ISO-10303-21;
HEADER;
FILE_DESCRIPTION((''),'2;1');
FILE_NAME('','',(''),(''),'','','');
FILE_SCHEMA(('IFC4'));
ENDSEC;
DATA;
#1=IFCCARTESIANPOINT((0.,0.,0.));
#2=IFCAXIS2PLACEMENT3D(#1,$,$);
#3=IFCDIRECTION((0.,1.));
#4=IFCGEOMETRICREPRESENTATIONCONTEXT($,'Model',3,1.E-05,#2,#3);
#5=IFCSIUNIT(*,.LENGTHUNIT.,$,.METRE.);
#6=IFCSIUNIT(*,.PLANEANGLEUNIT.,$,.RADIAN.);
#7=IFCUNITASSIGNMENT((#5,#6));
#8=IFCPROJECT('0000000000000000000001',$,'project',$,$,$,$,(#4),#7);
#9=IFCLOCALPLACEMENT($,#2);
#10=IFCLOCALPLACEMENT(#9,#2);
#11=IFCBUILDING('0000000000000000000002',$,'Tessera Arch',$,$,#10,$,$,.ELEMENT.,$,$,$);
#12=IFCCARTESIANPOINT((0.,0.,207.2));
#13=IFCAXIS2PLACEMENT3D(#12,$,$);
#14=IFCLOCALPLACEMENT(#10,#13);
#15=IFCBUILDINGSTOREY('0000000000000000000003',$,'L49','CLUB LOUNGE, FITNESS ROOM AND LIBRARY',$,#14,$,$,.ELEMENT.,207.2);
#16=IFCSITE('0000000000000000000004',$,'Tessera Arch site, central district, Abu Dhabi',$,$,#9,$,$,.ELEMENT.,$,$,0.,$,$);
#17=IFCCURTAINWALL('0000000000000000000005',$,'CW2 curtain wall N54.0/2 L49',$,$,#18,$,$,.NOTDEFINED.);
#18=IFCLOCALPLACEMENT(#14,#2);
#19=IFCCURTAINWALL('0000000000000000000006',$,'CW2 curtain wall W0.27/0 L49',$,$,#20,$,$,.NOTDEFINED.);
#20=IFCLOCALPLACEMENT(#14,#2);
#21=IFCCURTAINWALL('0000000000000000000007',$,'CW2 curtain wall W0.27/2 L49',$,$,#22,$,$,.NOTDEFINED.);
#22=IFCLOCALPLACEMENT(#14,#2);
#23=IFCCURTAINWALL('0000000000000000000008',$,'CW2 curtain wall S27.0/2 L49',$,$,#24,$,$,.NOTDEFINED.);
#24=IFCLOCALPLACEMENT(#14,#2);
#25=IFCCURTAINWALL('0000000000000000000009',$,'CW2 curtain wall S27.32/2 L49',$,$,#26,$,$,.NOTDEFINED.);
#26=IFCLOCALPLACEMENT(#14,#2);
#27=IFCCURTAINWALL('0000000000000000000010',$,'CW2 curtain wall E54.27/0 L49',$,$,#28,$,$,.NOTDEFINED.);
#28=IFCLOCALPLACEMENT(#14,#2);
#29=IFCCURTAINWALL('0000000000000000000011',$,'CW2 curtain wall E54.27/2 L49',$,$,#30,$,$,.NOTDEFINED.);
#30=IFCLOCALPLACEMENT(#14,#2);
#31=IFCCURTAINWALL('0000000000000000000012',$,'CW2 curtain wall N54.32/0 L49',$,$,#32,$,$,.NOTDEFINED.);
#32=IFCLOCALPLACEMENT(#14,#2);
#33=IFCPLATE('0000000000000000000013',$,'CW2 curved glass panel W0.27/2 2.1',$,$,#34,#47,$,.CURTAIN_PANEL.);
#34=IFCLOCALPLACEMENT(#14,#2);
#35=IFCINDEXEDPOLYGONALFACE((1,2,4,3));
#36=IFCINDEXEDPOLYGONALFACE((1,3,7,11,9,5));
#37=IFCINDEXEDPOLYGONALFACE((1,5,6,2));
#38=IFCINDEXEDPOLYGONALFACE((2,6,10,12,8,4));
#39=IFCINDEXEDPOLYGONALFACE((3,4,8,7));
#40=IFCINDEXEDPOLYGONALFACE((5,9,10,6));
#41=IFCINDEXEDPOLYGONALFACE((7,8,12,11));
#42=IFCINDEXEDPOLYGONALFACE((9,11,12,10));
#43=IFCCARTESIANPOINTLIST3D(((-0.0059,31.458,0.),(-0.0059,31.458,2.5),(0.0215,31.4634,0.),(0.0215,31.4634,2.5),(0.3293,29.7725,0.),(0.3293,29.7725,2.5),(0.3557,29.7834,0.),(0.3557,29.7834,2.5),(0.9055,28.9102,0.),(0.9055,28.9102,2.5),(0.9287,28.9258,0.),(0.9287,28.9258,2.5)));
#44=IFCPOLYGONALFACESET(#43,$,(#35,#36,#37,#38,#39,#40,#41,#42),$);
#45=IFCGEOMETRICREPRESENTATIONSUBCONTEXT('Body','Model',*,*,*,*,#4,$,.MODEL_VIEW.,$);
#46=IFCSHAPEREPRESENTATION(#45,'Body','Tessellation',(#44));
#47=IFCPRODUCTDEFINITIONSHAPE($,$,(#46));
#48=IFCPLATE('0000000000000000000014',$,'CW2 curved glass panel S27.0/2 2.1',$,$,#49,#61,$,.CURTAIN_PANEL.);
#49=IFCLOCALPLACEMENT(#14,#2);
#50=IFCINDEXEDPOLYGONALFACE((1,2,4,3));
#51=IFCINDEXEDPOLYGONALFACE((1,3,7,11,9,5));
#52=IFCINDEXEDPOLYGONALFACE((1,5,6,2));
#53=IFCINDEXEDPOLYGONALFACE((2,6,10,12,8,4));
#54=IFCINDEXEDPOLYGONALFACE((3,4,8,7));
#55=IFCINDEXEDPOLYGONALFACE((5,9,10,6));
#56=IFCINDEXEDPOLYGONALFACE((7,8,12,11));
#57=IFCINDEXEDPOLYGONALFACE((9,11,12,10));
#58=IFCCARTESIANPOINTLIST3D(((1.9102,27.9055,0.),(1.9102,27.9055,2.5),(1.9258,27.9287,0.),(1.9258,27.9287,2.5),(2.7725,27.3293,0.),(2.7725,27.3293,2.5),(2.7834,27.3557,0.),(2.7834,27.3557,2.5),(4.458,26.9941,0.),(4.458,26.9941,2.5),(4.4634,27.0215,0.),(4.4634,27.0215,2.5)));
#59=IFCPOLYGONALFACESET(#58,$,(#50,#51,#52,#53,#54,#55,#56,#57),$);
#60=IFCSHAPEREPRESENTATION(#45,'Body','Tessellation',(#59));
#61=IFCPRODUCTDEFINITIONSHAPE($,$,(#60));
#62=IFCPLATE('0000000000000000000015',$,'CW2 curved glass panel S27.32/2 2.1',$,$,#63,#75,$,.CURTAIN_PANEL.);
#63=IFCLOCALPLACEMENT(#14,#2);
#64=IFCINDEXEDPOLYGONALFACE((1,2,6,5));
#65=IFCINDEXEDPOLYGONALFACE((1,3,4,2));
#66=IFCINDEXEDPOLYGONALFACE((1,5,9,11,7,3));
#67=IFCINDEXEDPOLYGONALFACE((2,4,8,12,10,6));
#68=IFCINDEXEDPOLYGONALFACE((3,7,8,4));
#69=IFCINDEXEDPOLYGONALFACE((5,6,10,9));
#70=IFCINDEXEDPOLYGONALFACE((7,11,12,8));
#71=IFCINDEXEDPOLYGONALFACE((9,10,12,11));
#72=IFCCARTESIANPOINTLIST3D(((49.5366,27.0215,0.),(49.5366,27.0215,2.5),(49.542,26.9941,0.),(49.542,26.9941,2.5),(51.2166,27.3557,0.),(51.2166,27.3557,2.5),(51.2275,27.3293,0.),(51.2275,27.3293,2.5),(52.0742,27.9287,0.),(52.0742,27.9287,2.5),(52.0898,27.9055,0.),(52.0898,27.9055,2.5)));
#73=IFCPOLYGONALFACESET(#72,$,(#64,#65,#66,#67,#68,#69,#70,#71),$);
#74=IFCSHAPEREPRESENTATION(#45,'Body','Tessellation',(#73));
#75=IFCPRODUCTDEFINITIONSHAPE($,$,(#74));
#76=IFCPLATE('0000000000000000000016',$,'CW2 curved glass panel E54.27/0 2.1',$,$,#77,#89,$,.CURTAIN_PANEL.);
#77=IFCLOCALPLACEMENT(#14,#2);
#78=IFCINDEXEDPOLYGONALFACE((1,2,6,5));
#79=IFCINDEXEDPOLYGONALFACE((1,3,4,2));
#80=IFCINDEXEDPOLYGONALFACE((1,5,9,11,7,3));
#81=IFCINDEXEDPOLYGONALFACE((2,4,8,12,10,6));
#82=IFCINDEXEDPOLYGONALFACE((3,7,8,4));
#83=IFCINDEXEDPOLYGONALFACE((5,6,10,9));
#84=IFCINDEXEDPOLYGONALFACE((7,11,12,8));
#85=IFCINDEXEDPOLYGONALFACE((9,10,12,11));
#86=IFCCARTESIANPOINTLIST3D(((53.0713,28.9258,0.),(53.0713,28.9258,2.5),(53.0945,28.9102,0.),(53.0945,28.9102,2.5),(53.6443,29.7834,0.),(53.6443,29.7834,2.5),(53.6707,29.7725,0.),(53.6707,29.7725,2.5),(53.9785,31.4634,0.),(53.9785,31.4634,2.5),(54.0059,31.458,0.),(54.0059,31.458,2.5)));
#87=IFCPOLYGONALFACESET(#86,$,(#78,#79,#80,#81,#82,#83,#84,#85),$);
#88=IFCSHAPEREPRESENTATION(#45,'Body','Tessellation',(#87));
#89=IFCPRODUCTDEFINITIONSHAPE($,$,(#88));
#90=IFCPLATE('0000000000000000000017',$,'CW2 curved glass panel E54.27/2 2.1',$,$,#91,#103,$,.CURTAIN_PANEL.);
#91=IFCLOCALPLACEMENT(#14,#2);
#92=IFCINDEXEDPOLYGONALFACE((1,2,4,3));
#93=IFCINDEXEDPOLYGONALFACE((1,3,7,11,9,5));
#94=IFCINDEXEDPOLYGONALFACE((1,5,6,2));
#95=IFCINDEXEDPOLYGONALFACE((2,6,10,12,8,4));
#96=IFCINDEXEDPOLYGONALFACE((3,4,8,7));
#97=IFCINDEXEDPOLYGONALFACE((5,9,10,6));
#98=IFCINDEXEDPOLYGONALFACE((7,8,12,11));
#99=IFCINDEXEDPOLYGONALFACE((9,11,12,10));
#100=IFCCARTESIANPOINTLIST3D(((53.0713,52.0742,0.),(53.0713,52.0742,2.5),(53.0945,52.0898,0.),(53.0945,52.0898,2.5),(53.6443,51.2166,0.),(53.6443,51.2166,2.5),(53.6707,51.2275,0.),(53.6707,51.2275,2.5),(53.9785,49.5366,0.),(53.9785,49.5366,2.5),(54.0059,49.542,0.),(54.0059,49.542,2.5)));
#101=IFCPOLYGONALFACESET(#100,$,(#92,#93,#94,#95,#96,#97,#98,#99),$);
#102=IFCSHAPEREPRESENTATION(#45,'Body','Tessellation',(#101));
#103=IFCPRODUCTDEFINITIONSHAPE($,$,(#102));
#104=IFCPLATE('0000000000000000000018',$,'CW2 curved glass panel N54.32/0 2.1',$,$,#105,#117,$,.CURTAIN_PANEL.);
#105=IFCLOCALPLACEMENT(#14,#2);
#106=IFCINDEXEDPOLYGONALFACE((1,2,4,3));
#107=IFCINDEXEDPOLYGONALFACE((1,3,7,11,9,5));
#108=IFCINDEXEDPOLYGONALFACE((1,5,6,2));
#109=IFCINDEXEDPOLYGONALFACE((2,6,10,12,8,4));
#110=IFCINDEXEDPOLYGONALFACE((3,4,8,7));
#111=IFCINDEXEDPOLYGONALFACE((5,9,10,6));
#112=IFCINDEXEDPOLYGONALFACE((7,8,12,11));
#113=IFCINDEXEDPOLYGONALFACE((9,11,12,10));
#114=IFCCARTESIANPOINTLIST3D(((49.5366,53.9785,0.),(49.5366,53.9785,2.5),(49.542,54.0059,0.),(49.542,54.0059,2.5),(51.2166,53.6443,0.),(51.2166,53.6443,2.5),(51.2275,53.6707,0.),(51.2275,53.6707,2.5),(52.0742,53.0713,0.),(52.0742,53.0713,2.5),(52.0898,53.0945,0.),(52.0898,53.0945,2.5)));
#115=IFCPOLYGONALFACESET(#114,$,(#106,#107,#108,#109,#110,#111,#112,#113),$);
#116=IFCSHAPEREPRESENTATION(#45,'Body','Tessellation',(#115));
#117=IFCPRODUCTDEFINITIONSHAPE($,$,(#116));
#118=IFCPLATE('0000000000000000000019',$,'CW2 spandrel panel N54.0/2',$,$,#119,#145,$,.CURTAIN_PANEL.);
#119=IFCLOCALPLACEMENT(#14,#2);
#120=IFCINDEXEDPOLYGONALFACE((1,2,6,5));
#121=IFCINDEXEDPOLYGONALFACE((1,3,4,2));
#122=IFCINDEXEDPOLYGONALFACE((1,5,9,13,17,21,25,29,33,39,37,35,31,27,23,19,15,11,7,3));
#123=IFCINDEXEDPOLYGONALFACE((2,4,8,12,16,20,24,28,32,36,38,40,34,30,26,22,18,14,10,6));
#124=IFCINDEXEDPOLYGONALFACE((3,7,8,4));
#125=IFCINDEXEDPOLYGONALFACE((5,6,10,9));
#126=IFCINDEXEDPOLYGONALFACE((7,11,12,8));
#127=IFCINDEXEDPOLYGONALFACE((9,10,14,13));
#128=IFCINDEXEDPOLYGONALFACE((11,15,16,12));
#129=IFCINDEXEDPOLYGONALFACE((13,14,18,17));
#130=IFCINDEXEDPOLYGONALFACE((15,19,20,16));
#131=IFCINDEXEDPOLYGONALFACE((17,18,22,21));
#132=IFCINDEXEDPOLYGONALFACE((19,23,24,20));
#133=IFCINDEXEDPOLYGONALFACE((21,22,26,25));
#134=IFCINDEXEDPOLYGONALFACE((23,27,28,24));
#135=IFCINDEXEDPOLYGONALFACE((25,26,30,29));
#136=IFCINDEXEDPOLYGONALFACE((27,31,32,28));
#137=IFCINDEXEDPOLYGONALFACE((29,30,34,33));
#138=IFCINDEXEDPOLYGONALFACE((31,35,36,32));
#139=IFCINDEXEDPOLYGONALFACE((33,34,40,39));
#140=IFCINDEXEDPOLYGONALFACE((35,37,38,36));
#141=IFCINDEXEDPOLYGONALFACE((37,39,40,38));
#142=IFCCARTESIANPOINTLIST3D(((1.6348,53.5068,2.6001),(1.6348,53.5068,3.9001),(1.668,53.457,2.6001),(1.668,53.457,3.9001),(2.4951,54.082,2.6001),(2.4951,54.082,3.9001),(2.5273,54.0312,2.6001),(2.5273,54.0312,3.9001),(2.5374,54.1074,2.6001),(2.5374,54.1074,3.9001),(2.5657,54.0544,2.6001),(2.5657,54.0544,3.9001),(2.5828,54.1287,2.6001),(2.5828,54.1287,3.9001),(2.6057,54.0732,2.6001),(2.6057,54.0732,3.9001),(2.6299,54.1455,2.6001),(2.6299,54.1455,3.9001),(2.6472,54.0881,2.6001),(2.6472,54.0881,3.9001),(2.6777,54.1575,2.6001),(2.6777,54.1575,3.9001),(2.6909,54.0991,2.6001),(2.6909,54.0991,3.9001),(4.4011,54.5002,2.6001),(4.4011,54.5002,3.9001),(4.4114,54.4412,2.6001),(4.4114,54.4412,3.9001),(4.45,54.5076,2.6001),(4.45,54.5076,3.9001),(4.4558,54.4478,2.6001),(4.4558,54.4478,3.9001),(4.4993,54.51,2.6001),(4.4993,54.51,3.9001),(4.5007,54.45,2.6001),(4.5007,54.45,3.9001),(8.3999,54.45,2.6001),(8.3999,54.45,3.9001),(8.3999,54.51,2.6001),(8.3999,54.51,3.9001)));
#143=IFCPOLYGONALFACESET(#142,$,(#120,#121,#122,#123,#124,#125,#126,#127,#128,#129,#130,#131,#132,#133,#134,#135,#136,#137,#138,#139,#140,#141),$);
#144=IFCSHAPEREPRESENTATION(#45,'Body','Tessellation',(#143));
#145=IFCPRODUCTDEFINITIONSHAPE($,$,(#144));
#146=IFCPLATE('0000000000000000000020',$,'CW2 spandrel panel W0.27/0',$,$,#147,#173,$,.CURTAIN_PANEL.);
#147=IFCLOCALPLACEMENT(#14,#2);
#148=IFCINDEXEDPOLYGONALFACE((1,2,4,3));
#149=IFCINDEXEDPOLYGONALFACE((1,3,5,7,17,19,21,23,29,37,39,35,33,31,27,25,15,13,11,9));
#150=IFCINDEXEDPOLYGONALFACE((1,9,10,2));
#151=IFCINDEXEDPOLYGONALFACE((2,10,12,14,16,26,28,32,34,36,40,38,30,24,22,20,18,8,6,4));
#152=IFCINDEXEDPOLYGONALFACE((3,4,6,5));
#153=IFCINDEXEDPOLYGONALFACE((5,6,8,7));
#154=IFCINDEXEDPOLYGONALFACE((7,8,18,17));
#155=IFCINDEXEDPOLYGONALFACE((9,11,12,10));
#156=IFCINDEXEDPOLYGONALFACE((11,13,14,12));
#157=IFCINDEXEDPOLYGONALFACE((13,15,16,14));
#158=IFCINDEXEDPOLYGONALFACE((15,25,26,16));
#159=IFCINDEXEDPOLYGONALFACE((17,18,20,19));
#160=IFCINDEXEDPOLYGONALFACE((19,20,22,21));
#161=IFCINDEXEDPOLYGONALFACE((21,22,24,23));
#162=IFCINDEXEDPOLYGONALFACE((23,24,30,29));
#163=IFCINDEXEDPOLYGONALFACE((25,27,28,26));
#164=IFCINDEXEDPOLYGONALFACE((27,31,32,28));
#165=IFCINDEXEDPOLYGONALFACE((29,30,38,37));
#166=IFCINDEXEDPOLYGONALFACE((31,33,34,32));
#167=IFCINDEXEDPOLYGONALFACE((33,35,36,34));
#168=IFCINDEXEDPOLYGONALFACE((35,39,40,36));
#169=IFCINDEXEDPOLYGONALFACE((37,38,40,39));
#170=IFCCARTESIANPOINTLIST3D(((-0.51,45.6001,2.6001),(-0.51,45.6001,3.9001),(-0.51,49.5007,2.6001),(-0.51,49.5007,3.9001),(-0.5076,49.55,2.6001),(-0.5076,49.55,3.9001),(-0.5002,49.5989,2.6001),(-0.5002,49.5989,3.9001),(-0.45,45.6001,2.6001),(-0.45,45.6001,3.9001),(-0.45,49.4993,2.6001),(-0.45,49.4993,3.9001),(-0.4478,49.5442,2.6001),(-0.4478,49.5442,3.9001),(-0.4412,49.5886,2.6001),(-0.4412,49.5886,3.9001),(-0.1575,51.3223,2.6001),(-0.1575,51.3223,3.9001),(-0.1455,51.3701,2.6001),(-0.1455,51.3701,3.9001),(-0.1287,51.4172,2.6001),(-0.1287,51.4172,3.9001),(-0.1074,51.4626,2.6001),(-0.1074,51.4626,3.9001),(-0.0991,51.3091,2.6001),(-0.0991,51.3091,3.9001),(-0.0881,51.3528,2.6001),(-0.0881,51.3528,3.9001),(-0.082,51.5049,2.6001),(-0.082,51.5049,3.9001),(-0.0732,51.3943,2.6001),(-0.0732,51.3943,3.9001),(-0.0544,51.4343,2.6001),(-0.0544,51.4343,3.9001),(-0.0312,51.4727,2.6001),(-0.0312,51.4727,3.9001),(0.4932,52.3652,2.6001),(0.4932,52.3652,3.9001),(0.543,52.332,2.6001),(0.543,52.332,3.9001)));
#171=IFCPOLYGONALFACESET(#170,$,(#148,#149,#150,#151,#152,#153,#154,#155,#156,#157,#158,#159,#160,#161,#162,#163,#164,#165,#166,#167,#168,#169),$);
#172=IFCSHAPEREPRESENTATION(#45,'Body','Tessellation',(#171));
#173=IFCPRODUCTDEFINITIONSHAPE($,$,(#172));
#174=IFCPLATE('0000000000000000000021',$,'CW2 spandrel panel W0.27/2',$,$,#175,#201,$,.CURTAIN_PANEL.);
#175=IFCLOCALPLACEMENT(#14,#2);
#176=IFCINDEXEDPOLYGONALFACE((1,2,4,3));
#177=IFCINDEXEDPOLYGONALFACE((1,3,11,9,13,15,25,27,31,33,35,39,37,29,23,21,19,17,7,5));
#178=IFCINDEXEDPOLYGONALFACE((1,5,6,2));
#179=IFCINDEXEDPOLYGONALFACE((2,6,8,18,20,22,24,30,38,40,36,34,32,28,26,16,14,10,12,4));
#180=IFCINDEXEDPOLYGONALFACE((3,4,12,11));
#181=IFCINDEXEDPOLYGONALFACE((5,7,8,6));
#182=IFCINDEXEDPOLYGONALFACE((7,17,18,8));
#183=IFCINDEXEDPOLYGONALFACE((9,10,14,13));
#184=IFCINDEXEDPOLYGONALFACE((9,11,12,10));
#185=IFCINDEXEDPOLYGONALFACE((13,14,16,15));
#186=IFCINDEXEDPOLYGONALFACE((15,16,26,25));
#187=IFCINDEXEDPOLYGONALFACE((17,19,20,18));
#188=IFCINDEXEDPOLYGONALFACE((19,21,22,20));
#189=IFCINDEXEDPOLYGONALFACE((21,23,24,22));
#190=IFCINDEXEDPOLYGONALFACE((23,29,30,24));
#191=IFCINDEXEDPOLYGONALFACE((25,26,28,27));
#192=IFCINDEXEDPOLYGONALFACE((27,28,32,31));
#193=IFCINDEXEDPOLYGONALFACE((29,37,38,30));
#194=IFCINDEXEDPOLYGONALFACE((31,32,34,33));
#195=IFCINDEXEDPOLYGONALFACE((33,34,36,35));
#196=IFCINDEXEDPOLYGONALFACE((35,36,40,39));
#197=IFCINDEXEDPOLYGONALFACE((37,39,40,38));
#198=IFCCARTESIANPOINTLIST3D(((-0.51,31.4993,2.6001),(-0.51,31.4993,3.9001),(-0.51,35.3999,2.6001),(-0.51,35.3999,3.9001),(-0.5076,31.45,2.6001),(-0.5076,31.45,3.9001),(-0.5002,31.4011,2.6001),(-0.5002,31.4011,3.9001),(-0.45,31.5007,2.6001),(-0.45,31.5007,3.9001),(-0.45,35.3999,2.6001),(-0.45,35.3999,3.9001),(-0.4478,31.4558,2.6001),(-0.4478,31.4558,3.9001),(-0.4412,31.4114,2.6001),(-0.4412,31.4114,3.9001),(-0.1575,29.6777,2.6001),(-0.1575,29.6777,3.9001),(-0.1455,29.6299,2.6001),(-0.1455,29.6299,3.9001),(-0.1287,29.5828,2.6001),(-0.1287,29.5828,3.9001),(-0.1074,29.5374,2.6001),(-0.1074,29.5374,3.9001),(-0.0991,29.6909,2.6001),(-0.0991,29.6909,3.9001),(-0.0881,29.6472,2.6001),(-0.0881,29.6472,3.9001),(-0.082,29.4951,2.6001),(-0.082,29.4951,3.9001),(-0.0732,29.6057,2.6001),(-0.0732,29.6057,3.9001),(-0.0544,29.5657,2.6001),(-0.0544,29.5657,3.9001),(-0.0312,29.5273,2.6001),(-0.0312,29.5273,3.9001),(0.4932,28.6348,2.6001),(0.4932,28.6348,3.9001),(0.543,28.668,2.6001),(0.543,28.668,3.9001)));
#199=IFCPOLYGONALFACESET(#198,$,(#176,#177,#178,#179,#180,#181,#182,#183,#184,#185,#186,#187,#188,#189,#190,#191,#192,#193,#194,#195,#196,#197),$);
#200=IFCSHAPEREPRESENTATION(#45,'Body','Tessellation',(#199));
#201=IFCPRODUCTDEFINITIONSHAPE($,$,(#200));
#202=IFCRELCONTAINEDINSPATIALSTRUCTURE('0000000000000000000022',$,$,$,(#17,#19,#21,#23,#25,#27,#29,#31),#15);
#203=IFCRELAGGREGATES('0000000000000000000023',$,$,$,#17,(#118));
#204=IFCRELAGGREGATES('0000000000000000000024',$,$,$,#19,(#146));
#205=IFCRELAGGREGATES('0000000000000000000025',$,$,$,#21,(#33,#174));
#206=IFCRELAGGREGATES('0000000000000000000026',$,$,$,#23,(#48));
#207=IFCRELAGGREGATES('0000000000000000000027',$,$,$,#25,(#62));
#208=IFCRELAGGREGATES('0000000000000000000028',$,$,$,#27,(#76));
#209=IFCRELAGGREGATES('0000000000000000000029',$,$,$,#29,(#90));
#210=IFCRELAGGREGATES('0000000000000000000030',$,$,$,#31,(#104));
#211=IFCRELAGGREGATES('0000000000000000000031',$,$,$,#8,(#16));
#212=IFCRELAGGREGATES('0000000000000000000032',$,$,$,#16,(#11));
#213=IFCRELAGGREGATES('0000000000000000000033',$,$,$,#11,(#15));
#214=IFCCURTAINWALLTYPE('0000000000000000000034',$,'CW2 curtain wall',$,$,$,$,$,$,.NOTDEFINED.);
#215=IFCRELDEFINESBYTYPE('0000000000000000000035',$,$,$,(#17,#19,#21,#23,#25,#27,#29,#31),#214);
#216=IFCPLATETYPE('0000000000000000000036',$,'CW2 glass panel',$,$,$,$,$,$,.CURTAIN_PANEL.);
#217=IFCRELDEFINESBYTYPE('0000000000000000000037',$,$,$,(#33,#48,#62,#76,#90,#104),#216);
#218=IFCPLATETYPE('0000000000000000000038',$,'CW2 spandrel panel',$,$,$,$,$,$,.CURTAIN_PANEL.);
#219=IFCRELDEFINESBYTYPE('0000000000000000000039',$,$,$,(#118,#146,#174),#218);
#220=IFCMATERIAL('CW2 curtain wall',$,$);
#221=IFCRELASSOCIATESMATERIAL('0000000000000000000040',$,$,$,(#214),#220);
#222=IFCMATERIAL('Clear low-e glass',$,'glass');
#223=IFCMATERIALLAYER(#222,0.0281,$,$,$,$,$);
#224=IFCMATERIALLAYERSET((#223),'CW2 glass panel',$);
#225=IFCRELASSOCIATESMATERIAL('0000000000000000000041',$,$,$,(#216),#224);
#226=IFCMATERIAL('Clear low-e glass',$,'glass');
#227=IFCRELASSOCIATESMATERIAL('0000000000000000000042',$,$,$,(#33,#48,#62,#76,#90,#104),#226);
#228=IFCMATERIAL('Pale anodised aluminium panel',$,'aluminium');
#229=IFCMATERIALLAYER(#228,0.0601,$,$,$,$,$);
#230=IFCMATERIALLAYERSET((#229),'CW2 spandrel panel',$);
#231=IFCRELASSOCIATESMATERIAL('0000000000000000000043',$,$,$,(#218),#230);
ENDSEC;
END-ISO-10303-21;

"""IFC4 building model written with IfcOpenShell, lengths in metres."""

from ifc_helpers import new_model, si_unit, direction, frame, origin, place, context, subcontext, project, spatial, polyline, outline, extrude, material, layer, layer_set, type_object, element, aggregate, save


model = new_model("IFC4")

# Units and contexts
model_context = context("Model", 3, precision=1e-05, world=origin(), true_north=direction((0.0, 1.0)))
body_context = subcontext(model_context, "Body", "Model", "MODEL_VIEW")
ifc_project = project(units=[si_unit("LENGTHUNIT", "METRE"), si_unit("PLANEANGLEUNIT", "RADIAN")], contexts=[model_context])

# Site, building, storey
site_placement = place(None, origin())
site = spatial("IfcSite", under=ifc_project, at=site_placement, Name="Tessera Arch site, central district, Abu Dhabi", CompositionType="ELEMENT", RefElevation=0.0)
building_placement = place(site_placement, origin())
building = spatial("IfcBuilding", under=site, at=building_placement, Name="Tessera Arch", CompositionType="ELEMENT")
storey_placement = place(building_placement, frame((0.0, 0.0, 207.2)))
storey = spatial("IfcBuildingStorey", under=building, at=storey_placement, Name="L49", Description="CLUB LOUNGE, FITNESS ROOM AND LIBRARY", CompositionType="ELEMENT", Elevation=207.2)

# Curtain walls
ifc_material_1 = material(Name="CW2 curtain wall")
curtain_wall_type_1 = type_object("IfcCurtainWallType", Name="CW2 curtain wall", PredefinedType="NOTDEFINED", material=ifc_material_1)
curtain_wall_1_placement = place(storey_placement, origin())
curtain_wall_1 = element("IfcCurtainWall", 1, at=curtain_wall_1_placement, inside=storey, type_object=curtain_wall_type_1, Name="CW2 curtain wall N54.0/2 L49", PredefinedType="NOTDEFINED")
curtain_wall_2_placement = place(storey_placement, origin())
curtain_wall_2 = element("IfcCurtainWall", 2, at=curtain_wall_2_placement, inside=storey, type_object=curtain_wall_type_1, Name="CW2 curtain wall W0.27/0 L49", PredefinedType="NOTDEFINED")
curtain_wall_3_placement = place(storey_placement, origin())
curtain_wall_3 = element("IfcCurtainWall", 3, at=curtain_wall_3_placement, inside=storey, type_object=curtain_wall_type_1, Name="CW2 curtain wall W0.27/2 L49", PredefinedType="NOTDEFINED")
curtain_wall_4_placement = place(storey_placement, origin())
curtain_wall_4 = element("IfcCurtainWall", 4, at=curtain_wall_4_placement, inside=storey, type_object=curtain_wall_type_1, Name="CW2 curtain wall S27.0/2 L49", PredefinedType="NOTDEFINED")
curtain_wall_5_placement = place(storey_placement, origin())
curtain_wall_5 = element("IfcCurtainWall", 5, at=curtain_wall_5_placement, inside=storey, type_object=curtain_wall_type_1, Name="CW2 curtain wall S27.32/2 L49", PredefinedType="NOTDEFINED")
curtain_wall_6_placement = place(storey_placement, origin())
curtain_wall_6 = element("IfcCurtainWall", 6, at=curtain_wall_6_placement, inside=storey, type_object=curtain_wall_type_1, Name="CW2 curtain wall E54.27/0 L49", PredefinedType="NOTDEFINED")
curtain_wall_7_placement = place(storey_placement, origin())
curtain_wall_7 = element("IfcCurtainWall", 7, at=curtain_wall_7_placement, inside=storey, type_object=curtain_wall_type_1, Name="CW2 curtain wall E54.27/2 L49", PredefinedType="NOTDEFINED")
curtain_wall_8_placement = place(storey_placement, origin())
curtain_wall_8 = element("IfcCurtainWall", 8, at=curtain_wall_8_placement, inside=storey, type_object=curtain_wall_type_1, Name="CW2 curtain wall N54.32/0 L49", PredefinedType="NOTDEFINED")

# Plates
ifc_material_2 = material(Name="Clear low-e glass", Category="glass")
ifc_material_3 = material(Name="Clear low-e glass", Category="glass")
ifc_layer_1 = layer(ifc_material_3, 0.0281)
ifc_layer_set_1 = layer_set([ifc_layer_1], Name="CW2 glass panel")
plate_type_1 = type_object("IfcPlateType", Name="CW2 glass panel", PredefinedType="CURTAIN_PANEL", material=ifc_layer_set_1)
plate_1_placement = place(storey_placement, origin())
plate_1 = element("IfcPlate", 9, at=plate_1_placement, type_object=plate_type_1, material=ifc_material_2, Name="CW2 curved glass panel W0.27/2 2.1", PredefinedType="CURTAIN_PANEL", context=body_context, shape_type="SweptSolid", body=[
    extrude(outline(polyline([(0.3557, 29.7834), (0.0215, 31.4634), (-0.0059, 31.458), (0.3293, 29.7725), (0.9055, 28.9102), (0.9287, 28.9258), (0.3557, 29.7834)])), origin(), (0.0, 0.0, 1.0), 2.5),
])
plate_2_placement = place(storey_placement, origin())
plate_2 = element("IfcPlate", 10, at=plate_2_placement, type_object=plate_type_1, material=ifc_material_2, Name="CW2 curved glass panel S27.0/2 2.1", PredefinedType="CURTAIN_PANEL", context=body_context, shape_type="SweptSolid", body=[
    extrude(outline(polyline([(2.7834, 27.3557), (1.9258, 27.9287), (1.9102, 27.9055), (2.7725, 27.3293), (4.458, 26.9941), (4.4634, 27.0215), (2.7834, 27.3557)])), origin(), (0.0, 0.0, 1.0), 2.5),
])
plate_3_placement = place(storey_placement, origin())
plate_3 = element("IfcPlate", 11, at=plate_3_placement, type_object=plate_type_1, material=ifc_material_2, Name="CW2 curved glass panel S27.32/2 2.1", PredefinedType="CURTAIN_PANEL", context=body_context, shape_type="SweptSolid", body=[
    extrude(outline(polyline([(51.2166, 27.3557), (49.5366, 27.0215), (49.542, 26.9941), (51.2275, 27.3293), (52.0898, 27.9055), (52.0742, 27.9287), (51.2166, 27.3557)])), origin(), (0.0, 0.0, 1.0), 2.5),
])
plate_4_placement = place(storey_placement, origin())
plate_4 = element("IfcPlate", 12, at=plate_4_placement, type_object=plate_type_1, material=ifc_material_2, Name="CW2 curved glass panel E54.27/0 2.1", PredefinedType="CURTAIN_PANEL", context=body_context, shape_type="SweptSolid", body=[
    extrude(outline(polyline([(53.6443, 29.7834), (53.0713, 28.9258), (53.0945, 28.9102), (53.6707, 29.7725), (54.0059, 31.458), (53.9785, 31.4634), (53.6443, 29.7834)])), origin(), (0.0, 0.0, 1.0), 2.5),
])
plate_5_placement = place(storey_placement, origin())
plate_5 = element("IfcPlate", 13, at=plate_5_placement, type_object=plate_type_1, material=ifc_material_2, Name="CW2 curved glass panel E54.27/2 2.1", PredefinedType="CURTAIN_PANEL", context=body_context, shape_type="SweptSolid", body=[
    extrude(outline(polyline([(53.6443, 51.2166), (53.9785, 49.5366), (54.0059, 49.542), (53.6707, 51.2275), (53.0945, 52.0898), (53.0713, 52.0742), (53.6443, 51.2166)])), origin(), (0.0, 0.0, 1.0), 2.5),
])
plate_6_placement = place(storey_placement, origin())
plate_6 = element("IfcPlate", 14, at=plate_6_placement, type_object=plate_type_1, material=ifc_material_2, Name="CW2 curved glass panel N54.32/0 2.1", PredefinedType="CURTAIN_PANEL", context=body_context, shape_type="SweptSolid", body=[
    extrude(outline(polyline([(51.2166, 53.6443), (52.0742, 53.0713), (52.0898, 53.0945), (51.2275, 53.6707), (49.542, 54.0059), (49.5366, 53.9785), (51.2166, 53.6443)])), origin(), (0.0, 0.0, 1.0), 2.5),
])
ifc_material_4 = material(Name="Pale anodised aluminium panel", Category="aluminium")
ifc_layer_2 = layer(ifc_material_4, 0.0601)
ifc_layer_set_2 = layer_set([ifc_layer_2], Name="CW2 spandrel panel")
plate_type_2 = type_object("IfcPlateType", Name="CW2 spandrel panel", PredefinedType="CURTAIN_PANEL", material=ifc_layer_set_2)
plate_7_placement = place(storey_placement, frame((0.0, 0.0, 2.6001)))
plate_7 = element("IfcPlate", 15, at=plate_7_placement, type_object=plate_type_2, Name="CW2 spandrel panel N54.0/2", PredefinedType="CURTAIN_PANEL", context=body_context, shape_type="SweptSolid", body=[
    extrude(outline(polyline([(4.5007, 54.45), (8.3999, 54.45), (8.3999, 54.51), (4.4993, 54.51), (4.45, 54.5076), (4.4011, 54.5002), (2.6777, 54.1575), (2.6299, 54.1455), (2.5828, 54.1287), (2.5374, 54.1074), (2.4951, 54.082), (1.6348, 53.5068), (1.668, 53.457), (2.5273, 54.0312), (2.5657, 54.0544), (2.6057, 54.0732), (2.6472, 54.0881), (2.6909, 54.0991), (4.4114, 54.4412), (4.4558, 54.4478), (4.5007, 54.45)])), origin(), (0.0, 0.0, 1.0), 1.3),
])
aggregate(curtain_wall_1, [plate_7])
plate_8_placement = place(storey_placement, frame((0.0, 0.0, 2.6001)))
plate_8 = element("IfcPlate", 16, at=plate_8_placement, type_object=plate_type_2, Name="CW2 spandrel panel W0.27/0", PredefinedType="CURTAIN_PANEL", context=body_context, shape_type="SweptSolid", body=[
    extrude(outline(polyline([(-0.0312, 51.4727), (0.543, 52.332), (0.4932, 52.3652), (-0.082, 51.5049), (-0.1074, 51.4626), (-0.1287, 51.4172), (-0.1455, 51.3701), (-0.1575, 51.3223), (-0.5002, 49.5989), (-0.5076, 49.55), (-0.51, 49.5007), (-0.51, 45.6001), (-0.45, 45.6001), (-0.45, 49.4993), (-0.4478, 49.5442), (-0.4412, 49.5886), (-0.0991, 51.3091), (-0.0881, 51.3528), (-0.0732, 51.3943), (-0.0544, 51.4343), (-0.0312, 51.4727)])), origin(), (0.0, 0.0, 1.0), 1.3),
])
aggregate(curtain_wall_2, [plate_8])
plate_9_placement = place(storey_placement, frame((0.0, 0.0, 2.6001)))
plate_9 = element("IfcPlate", 17, at=plate_9_placement, type_object=plate_type_2, Name="CW2 spandrel panel W0.27/2", PredefinedType="CURTAIN_PANEL", context=body_context, shape_type="SweptSolid", body=[
    extrude(outline(polyline([(-0.45, 31.5007), (-0.45, 35.3999), (-0.51, 35.3999), (-0.51, 31.4993), (-0.5076, 31.45), (-0.5002, 31.4011), (-0.1575, 29.6777), (-0.1455, 29.6299), (-0.1287, 29.5828), (-0.1074, 29.5374), (-0.082, 29.4951), (0.4932, 28.6348), (0.543, 28.668), (-0.0312, 29.5273), (-0.0544, 29.5657), (-0.0732, 29.6057), (-0.0881, 29.6472), (-0.0991, 29.6909), (-0.4412, 31.4114), (-0.4478, 31.4558), (-0.45, 31.5007)])), origin(), (0.0, 0.0, 1.0), 1.3),
])
aggregate(curtain_wall_3, [plate_1, plate_9])
aggregate(curtain_wall_4, [plate_2])
aggregate(curtain_wall_5, [plate_3])
aggregate(curtain_wall_6, [plate_4])
aggregate(curtain_wall_7, [plate_5])
aggregate(curtain_wall_8, [plate_6])

save(model, "model.ifc")
